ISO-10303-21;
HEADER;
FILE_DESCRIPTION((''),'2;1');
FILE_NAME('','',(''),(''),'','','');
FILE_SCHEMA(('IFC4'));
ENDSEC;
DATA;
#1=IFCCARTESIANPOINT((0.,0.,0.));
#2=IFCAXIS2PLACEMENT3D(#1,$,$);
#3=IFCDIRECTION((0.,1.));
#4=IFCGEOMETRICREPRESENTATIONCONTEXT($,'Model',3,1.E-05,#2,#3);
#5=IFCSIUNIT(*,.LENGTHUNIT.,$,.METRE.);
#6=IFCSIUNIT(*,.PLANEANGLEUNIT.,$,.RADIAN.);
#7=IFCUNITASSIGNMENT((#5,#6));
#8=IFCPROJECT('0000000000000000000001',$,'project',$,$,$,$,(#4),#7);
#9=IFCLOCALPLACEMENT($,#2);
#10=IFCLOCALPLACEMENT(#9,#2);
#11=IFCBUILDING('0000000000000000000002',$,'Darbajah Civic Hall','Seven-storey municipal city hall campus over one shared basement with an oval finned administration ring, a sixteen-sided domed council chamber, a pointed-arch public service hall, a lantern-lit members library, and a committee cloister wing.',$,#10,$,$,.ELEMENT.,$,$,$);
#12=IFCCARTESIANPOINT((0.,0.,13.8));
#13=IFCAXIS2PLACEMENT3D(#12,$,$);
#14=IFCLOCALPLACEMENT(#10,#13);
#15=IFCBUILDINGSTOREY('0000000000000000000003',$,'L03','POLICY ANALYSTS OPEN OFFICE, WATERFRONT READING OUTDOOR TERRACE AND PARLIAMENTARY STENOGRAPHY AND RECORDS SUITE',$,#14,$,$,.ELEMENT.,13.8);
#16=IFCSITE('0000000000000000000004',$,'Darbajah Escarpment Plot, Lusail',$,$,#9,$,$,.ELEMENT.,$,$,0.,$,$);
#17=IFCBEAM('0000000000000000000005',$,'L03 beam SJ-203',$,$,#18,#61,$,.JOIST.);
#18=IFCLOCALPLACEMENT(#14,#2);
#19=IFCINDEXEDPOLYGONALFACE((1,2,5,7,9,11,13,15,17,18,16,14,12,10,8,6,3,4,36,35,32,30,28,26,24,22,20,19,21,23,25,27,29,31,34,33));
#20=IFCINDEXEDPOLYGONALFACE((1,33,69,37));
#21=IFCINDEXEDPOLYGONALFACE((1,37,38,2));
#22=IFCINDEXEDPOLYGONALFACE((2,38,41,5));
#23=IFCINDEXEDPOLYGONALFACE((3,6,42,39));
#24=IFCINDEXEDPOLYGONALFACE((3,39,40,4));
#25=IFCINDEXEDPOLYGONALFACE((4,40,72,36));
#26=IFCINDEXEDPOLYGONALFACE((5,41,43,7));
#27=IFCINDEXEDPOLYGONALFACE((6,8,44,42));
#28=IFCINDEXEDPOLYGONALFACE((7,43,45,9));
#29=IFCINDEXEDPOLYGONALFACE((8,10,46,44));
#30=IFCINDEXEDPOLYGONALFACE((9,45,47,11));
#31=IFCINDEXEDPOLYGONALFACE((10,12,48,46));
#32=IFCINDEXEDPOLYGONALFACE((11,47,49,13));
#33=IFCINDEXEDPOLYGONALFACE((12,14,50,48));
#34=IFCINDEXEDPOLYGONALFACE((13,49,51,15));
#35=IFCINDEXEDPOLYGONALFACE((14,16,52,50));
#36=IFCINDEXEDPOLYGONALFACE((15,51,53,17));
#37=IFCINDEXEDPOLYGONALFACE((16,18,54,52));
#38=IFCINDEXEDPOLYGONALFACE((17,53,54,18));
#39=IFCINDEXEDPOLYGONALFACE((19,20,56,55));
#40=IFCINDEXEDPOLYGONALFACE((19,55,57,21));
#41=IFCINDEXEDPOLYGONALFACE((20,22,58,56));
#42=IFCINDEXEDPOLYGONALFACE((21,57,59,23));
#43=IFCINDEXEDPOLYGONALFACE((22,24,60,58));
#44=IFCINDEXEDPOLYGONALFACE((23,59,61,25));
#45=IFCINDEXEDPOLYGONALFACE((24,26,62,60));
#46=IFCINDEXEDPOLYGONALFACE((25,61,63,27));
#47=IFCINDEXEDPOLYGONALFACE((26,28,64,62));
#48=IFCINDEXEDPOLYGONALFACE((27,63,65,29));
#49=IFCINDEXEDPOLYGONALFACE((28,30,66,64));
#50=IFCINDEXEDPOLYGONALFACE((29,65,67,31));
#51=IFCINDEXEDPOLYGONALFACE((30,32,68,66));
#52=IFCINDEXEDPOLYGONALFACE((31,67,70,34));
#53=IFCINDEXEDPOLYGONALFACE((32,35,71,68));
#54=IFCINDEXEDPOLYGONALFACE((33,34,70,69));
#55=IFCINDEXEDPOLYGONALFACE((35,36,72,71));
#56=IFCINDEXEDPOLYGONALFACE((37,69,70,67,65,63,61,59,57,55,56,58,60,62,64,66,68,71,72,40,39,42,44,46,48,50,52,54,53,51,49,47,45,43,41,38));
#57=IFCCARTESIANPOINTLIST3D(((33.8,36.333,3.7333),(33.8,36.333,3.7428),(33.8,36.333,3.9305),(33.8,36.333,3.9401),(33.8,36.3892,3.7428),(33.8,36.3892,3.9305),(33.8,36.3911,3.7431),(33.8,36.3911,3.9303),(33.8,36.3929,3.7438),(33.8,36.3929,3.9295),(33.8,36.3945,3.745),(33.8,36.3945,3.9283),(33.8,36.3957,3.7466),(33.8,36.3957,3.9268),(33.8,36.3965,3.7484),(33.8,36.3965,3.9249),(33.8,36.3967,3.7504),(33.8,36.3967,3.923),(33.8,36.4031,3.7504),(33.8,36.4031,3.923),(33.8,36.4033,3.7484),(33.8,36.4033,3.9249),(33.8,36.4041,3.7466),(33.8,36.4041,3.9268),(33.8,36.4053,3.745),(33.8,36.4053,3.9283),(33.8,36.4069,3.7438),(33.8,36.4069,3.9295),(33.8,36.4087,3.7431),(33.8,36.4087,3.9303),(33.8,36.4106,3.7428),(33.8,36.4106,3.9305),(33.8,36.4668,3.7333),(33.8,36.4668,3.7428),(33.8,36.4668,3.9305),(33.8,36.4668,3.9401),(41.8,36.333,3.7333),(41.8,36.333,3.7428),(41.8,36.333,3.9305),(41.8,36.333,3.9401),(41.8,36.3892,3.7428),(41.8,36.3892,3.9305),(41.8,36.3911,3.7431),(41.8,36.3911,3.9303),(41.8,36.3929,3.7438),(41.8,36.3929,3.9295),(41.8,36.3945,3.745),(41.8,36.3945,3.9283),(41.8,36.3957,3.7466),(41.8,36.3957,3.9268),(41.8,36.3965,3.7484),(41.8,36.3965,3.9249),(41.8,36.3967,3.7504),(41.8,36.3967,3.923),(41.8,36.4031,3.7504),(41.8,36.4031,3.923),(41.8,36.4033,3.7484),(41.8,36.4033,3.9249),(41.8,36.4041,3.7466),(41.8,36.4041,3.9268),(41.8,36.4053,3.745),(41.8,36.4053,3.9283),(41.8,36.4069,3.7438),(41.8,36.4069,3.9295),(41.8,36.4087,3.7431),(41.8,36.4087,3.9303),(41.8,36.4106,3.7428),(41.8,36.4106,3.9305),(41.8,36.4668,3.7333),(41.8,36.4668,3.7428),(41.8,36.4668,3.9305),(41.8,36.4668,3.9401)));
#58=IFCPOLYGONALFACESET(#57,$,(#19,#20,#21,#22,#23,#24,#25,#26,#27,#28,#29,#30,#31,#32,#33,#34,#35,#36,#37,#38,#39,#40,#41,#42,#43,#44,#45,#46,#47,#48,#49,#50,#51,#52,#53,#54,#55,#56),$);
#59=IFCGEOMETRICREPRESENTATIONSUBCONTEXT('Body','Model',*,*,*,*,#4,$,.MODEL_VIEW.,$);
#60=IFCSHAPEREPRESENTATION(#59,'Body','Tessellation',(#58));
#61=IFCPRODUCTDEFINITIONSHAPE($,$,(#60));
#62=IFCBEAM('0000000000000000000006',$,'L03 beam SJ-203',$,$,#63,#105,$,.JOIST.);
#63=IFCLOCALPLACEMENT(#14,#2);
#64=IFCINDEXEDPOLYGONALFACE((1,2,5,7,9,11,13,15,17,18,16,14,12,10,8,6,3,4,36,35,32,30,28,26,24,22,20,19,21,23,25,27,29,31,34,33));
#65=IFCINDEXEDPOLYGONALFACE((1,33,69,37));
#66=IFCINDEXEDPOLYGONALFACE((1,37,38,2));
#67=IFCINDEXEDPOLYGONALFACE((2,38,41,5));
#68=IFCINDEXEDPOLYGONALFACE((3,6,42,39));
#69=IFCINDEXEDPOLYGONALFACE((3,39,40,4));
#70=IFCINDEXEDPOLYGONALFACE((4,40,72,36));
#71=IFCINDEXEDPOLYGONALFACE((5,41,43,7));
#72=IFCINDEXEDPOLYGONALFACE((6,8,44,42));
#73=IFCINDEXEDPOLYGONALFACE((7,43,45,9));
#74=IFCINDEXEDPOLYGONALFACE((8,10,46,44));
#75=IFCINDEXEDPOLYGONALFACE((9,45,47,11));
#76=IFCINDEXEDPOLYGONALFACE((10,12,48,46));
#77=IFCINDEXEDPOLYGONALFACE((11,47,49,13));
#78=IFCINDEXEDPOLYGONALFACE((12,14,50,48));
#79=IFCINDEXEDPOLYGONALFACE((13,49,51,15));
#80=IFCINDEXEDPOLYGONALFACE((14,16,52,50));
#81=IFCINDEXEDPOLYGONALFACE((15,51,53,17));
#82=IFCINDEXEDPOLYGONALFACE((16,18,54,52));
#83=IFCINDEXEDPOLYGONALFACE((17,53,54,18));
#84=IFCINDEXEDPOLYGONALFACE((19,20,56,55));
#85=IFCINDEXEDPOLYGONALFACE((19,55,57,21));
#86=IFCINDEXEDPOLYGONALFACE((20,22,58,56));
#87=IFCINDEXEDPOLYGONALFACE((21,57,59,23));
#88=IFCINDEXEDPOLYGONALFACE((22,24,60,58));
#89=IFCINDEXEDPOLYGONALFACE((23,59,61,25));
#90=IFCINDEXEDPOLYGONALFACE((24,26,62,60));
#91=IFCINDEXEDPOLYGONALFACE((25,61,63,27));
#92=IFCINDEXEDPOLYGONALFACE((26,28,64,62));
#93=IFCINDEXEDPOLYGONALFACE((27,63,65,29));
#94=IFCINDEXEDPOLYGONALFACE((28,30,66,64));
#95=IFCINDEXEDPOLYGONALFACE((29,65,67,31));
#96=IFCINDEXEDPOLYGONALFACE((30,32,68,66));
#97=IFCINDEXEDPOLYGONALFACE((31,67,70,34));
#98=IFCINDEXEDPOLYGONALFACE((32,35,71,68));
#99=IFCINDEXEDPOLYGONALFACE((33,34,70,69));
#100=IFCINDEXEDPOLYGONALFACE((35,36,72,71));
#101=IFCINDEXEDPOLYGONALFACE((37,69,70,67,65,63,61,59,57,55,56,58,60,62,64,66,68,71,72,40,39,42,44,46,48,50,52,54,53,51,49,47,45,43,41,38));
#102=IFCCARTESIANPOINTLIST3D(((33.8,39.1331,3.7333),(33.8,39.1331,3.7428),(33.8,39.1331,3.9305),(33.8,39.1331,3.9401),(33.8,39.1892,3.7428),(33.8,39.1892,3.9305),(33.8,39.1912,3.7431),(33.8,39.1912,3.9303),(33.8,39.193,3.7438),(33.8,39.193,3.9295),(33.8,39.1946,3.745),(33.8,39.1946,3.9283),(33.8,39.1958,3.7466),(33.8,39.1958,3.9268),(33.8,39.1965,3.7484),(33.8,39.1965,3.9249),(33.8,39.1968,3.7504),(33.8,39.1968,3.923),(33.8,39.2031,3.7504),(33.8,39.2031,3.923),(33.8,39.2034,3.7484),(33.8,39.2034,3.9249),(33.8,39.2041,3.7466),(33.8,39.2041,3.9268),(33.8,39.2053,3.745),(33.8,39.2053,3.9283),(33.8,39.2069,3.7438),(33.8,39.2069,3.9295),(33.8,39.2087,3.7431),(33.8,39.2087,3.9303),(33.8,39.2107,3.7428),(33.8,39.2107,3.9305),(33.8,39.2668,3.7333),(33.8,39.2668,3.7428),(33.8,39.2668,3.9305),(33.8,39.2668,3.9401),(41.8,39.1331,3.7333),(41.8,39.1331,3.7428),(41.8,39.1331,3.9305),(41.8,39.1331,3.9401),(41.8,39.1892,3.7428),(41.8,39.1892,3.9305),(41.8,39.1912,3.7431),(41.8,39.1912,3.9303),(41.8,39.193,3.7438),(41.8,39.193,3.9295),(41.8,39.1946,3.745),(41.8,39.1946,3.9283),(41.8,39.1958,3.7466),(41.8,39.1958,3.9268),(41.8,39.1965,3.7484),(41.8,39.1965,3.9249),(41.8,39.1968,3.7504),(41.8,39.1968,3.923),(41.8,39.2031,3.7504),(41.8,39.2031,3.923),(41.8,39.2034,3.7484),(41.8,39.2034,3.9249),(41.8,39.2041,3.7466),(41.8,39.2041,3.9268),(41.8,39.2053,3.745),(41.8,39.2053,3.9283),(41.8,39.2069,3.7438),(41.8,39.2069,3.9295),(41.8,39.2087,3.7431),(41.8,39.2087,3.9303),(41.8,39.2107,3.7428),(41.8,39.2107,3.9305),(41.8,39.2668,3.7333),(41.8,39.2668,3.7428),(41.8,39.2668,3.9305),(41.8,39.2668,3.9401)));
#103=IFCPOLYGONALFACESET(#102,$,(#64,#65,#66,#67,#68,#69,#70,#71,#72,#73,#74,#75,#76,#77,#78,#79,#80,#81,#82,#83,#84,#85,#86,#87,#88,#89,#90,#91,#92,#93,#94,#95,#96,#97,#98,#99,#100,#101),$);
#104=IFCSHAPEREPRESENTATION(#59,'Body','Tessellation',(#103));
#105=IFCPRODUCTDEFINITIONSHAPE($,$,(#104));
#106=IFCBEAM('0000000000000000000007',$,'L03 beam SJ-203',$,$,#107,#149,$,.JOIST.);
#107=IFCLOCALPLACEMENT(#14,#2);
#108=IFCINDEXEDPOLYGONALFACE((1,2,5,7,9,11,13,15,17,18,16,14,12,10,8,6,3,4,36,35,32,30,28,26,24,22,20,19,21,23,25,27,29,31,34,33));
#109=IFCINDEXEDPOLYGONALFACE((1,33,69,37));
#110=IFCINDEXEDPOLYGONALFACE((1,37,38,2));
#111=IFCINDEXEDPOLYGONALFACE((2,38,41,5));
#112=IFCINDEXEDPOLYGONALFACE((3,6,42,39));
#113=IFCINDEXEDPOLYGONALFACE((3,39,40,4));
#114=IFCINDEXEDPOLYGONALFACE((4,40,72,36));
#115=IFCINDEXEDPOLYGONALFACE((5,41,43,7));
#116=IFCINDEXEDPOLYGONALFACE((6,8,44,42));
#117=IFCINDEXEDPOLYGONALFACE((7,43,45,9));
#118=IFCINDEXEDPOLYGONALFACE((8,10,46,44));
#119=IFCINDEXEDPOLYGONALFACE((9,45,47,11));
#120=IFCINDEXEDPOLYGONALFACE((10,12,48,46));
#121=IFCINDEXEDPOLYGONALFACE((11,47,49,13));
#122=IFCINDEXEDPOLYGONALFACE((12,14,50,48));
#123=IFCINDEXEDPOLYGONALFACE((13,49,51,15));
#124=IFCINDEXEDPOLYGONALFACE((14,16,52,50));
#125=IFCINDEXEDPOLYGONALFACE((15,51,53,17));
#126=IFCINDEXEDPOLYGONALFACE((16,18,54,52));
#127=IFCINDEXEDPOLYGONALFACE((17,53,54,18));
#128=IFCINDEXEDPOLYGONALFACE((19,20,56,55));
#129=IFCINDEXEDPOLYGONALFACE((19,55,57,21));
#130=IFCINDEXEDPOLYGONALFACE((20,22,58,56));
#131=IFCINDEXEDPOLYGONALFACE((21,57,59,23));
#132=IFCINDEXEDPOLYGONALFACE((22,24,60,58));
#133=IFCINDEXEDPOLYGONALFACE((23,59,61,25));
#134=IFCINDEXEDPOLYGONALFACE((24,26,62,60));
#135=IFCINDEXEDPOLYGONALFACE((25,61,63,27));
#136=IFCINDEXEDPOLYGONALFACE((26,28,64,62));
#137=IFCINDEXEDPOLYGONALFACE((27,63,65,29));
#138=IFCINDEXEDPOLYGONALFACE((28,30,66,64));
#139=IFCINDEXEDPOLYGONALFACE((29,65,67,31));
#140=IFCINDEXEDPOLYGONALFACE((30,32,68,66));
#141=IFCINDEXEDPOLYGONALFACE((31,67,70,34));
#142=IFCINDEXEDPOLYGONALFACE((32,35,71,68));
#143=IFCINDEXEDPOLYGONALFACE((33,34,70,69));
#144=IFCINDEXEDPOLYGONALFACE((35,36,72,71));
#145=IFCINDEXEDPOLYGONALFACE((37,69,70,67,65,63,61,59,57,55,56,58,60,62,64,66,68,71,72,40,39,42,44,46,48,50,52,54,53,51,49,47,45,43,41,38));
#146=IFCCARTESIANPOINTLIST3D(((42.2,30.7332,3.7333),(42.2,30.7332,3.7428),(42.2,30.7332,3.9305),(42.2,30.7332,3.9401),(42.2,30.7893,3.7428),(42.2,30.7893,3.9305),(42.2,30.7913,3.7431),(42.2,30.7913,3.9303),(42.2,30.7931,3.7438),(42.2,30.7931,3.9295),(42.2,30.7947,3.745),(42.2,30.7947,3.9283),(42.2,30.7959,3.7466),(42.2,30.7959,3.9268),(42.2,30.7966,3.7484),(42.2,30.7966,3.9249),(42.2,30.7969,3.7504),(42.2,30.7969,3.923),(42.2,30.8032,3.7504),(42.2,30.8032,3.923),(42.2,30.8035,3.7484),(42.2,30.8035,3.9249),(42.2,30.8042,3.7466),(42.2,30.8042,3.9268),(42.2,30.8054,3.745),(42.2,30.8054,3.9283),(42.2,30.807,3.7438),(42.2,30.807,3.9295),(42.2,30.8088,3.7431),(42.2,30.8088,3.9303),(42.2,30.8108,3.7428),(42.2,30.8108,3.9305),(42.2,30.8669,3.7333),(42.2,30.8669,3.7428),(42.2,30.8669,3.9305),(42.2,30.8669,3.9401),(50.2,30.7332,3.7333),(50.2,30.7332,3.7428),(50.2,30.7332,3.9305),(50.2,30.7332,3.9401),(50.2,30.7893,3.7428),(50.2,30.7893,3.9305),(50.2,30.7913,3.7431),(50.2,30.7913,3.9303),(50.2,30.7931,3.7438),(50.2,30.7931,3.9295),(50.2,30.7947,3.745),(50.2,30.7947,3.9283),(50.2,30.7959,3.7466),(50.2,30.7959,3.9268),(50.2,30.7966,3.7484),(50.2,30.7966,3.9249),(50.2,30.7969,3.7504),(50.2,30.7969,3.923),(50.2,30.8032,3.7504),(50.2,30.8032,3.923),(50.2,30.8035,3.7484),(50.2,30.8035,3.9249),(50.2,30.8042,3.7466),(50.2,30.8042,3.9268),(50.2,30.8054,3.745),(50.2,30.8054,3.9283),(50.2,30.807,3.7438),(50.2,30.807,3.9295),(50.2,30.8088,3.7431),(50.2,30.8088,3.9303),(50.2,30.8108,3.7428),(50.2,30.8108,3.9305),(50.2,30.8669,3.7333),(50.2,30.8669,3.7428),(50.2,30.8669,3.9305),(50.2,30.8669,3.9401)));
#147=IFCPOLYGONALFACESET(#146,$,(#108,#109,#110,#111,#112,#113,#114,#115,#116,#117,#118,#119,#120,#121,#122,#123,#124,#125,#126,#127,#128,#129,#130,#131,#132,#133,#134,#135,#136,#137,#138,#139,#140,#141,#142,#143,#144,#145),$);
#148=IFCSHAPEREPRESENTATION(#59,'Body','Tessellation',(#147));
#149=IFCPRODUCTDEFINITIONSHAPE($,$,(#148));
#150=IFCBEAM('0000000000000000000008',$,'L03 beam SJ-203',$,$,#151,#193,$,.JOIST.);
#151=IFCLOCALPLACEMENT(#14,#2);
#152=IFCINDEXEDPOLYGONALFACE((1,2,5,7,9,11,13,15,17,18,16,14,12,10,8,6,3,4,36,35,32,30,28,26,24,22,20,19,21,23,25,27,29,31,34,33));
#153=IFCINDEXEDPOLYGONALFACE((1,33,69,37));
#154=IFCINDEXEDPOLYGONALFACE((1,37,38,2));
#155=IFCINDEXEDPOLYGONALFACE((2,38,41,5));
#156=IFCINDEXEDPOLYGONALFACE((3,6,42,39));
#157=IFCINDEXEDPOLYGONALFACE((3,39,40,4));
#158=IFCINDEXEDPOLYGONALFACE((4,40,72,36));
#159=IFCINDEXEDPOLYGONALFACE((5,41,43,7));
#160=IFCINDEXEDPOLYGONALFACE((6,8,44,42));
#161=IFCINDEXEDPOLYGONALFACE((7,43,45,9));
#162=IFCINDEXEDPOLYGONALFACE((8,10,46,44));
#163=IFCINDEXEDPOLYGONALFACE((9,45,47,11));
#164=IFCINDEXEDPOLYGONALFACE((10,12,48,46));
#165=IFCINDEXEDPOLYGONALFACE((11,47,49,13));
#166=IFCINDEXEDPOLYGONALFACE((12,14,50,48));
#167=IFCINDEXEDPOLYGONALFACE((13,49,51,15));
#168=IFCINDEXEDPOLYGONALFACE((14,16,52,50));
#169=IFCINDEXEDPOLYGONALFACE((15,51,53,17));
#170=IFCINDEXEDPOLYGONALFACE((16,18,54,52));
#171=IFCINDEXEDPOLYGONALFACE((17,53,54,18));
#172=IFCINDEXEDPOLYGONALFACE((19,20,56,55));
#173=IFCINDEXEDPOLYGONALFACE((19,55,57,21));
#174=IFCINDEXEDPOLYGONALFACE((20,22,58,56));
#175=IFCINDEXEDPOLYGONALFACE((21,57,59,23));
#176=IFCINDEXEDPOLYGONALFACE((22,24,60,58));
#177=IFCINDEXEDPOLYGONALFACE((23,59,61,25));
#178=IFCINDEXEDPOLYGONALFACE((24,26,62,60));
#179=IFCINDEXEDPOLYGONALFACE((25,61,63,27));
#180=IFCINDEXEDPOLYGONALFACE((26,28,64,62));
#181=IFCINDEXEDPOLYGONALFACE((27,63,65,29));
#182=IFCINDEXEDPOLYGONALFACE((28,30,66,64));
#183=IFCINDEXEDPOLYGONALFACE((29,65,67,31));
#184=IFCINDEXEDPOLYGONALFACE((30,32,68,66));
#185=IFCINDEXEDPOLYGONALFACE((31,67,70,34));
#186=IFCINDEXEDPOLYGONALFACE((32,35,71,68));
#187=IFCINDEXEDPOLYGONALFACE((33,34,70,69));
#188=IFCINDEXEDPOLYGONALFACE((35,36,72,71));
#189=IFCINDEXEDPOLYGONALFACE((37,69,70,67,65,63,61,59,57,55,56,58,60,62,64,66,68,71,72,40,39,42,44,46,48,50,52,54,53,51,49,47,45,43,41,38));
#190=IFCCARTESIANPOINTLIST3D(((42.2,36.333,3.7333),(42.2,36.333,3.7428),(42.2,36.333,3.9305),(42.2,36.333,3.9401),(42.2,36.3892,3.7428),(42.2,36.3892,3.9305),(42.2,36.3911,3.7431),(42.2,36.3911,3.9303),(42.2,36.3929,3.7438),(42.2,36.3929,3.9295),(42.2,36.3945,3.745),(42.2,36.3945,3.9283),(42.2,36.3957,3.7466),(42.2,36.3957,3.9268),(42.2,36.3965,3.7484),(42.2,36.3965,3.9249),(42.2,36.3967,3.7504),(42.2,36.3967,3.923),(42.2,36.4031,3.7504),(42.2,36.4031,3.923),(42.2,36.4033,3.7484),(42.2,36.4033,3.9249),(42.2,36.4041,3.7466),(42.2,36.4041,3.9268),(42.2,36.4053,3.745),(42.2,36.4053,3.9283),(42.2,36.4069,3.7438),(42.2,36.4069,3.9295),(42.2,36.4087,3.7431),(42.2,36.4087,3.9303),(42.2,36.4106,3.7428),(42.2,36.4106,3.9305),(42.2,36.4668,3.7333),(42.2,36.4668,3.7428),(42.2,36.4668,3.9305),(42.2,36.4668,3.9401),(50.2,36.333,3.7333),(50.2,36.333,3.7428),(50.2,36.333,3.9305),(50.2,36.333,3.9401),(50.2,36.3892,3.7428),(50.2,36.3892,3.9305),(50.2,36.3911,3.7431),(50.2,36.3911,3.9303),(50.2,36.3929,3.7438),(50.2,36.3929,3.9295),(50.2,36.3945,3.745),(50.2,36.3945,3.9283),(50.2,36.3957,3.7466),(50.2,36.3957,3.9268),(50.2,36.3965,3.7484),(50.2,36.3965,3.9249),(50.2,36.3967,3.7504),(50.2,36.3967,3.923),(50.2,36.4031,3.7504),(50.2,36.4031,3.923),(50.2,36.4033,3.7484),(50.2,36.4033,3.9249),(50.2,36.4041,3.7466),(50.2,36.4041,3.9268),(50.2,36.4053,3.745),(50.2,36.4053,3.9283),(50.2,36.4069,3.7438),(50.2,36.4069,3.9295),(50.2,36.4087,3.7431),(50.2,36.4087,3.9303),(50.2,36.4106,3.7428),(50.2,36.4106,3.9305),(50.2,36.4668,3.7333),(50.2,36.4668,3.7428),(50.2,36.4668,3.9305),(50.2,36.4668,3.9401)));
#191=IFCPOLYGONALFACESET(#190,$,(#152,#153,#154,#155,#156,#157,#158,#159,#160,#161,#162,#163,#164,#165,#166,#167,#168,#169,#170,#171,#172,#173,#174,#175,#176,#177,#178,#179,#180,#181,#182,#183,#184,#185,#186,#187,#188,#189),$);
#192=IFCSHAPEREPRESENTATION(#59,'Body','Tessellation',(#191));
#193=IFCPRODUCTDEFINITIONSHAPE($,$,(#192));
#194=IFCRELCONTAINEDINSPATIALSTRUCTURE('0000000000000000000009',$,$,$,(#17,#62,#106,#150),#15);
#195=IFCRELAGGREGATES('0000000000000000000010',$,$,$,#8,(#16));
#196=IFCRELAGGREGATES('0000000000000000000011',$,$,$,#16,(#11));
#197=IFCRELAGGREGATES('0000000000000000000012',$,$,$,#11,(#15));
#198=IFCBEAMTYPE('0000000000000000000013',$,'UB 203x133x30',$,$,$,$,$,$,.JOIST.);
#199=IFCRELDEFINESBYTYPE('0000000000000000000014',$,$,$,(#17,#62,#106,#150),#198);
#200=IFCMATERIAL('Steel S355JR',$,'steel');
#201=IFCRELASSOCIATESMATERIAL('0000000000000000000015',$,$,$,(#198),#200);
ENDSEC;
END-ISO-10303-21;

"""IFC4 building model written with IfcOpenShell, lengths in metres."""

from ifc_helpers import new_model, si_unit, direction, frame, origin, origin_2d, place, context, subcontext, project, spatial, i_section, extrude, material, material_profile, profile_set, type_object, element, save


model = new_model("IFC4")

# Units and contexts
model_context = context("Model", 3, precision=1e-05, world=origin(), true_north=direction((0.0, 1.0)))
body_context = subcontext(model_context, "Body", "Model", "MODEL_VIEW")
ifc_project = project(units=[si_unit("LENGTHUNIT", "METRE"), si_unit("PLANEANGLEUNIT", "RADIAN")], contexts=[model_context])

# Site, building, storey
site_placement = place(None, origin())
site = spatial("IfcSite", under=ifc_project, at=site_placement, Name="Darbajah Escarpment Plot, Lusail", CompositionType="ELEMENT", RefElevation=0.0)
building_placement = place(site_placement, origin())
building = spatial("IfcBuilding", under=site, at=building_placement, Name="Darbajah Civic Hall", Description="Seven-storey municipal city hall campus over one shared basement with an oval finned administration ring, a sixteen-sided domed council chamber, a pointed-arch public service hall, a lantern-lit members library, and a committee cloister wing.", CompositionType="ELEMENT")
storey_placement = place(building_placement, frame((0.0, 0.0, 13.8)))
storey = spatial("IfcBuildingStorey", under=building, at=storey_placement, Name="L03", Description="POLICY ANALYSTS OPEN OFFICE, WATERFRONT READING OUTDOOR TERRACE AND PARLIAMENTARY STENOGRAPHY AND RECORDS SUITE", CompositionType="ELEMENT", Elevation=13.8)

# Beams
ifc_material_1 = material(Name="Steel S355JR", Category="steel")
ifc_material_profile_1 = material_profile(ifc_material_1, i_section(OverallWidth=0.1338, OverallDepth=0.2068, WebThickness=0.0063, FlangeThickness=0.0095, FilletRadius=0.0076, at=origin_2d()), Name="UB 203x133x30")
ifc_profile_set_1 = profile_set([ifc_material_profile_1], Name="Steel S355JR")
beam_type_1 = type_object("IfcBeamType", Name="UB 203x133x30", PredefinedType="JOIST", material=ifc_profile_set_1)
for number, where, z_axis, x_axis, name in (
    (1, (33.8, 36.3999, 3.8367), (1.0, 0.0, 0.0), (0.0, 1.0, 0.0), "L03 beam SJ-203"),
    (2, (33.8, 39.2, 3.8367), (1.0, 0.0, 0.0), (0.0, 1.0, 0.0), "L03 beam SJ-203"),
    (3, (42.2, 30.8, 3.8367), (1.0, 0.0, 0.0), (0.0, 1.0, 0.0), "L03 beam SJ-203"),
    (4, (42.2, 36.3999, 3.8367), (1.0, 0.0, 0.0), (0.0, 1.0, 0.0), "L03 beam SJ-203"),
):
    element("IfcBeam", number, at=place(storey_placement, frame(where, z_axis=z_axis, x_axis=x_axis)), inside=storey, type_object=beam_type_1, Name=name, PredefinedType="JOIST", context=body_context, shape_type="SweptSolid", body=[
        extrude(i_section(OverallWidth=0.1338, OverallDepth=0.2068, WebThickness=0.0063, FlangeThickness=0.0095, FilletRadius=0.0076, at=origin_2d()), origin(), (0.0, 0.0, 1.0), 8.0),
    ])

save(model, "model.ifc")
